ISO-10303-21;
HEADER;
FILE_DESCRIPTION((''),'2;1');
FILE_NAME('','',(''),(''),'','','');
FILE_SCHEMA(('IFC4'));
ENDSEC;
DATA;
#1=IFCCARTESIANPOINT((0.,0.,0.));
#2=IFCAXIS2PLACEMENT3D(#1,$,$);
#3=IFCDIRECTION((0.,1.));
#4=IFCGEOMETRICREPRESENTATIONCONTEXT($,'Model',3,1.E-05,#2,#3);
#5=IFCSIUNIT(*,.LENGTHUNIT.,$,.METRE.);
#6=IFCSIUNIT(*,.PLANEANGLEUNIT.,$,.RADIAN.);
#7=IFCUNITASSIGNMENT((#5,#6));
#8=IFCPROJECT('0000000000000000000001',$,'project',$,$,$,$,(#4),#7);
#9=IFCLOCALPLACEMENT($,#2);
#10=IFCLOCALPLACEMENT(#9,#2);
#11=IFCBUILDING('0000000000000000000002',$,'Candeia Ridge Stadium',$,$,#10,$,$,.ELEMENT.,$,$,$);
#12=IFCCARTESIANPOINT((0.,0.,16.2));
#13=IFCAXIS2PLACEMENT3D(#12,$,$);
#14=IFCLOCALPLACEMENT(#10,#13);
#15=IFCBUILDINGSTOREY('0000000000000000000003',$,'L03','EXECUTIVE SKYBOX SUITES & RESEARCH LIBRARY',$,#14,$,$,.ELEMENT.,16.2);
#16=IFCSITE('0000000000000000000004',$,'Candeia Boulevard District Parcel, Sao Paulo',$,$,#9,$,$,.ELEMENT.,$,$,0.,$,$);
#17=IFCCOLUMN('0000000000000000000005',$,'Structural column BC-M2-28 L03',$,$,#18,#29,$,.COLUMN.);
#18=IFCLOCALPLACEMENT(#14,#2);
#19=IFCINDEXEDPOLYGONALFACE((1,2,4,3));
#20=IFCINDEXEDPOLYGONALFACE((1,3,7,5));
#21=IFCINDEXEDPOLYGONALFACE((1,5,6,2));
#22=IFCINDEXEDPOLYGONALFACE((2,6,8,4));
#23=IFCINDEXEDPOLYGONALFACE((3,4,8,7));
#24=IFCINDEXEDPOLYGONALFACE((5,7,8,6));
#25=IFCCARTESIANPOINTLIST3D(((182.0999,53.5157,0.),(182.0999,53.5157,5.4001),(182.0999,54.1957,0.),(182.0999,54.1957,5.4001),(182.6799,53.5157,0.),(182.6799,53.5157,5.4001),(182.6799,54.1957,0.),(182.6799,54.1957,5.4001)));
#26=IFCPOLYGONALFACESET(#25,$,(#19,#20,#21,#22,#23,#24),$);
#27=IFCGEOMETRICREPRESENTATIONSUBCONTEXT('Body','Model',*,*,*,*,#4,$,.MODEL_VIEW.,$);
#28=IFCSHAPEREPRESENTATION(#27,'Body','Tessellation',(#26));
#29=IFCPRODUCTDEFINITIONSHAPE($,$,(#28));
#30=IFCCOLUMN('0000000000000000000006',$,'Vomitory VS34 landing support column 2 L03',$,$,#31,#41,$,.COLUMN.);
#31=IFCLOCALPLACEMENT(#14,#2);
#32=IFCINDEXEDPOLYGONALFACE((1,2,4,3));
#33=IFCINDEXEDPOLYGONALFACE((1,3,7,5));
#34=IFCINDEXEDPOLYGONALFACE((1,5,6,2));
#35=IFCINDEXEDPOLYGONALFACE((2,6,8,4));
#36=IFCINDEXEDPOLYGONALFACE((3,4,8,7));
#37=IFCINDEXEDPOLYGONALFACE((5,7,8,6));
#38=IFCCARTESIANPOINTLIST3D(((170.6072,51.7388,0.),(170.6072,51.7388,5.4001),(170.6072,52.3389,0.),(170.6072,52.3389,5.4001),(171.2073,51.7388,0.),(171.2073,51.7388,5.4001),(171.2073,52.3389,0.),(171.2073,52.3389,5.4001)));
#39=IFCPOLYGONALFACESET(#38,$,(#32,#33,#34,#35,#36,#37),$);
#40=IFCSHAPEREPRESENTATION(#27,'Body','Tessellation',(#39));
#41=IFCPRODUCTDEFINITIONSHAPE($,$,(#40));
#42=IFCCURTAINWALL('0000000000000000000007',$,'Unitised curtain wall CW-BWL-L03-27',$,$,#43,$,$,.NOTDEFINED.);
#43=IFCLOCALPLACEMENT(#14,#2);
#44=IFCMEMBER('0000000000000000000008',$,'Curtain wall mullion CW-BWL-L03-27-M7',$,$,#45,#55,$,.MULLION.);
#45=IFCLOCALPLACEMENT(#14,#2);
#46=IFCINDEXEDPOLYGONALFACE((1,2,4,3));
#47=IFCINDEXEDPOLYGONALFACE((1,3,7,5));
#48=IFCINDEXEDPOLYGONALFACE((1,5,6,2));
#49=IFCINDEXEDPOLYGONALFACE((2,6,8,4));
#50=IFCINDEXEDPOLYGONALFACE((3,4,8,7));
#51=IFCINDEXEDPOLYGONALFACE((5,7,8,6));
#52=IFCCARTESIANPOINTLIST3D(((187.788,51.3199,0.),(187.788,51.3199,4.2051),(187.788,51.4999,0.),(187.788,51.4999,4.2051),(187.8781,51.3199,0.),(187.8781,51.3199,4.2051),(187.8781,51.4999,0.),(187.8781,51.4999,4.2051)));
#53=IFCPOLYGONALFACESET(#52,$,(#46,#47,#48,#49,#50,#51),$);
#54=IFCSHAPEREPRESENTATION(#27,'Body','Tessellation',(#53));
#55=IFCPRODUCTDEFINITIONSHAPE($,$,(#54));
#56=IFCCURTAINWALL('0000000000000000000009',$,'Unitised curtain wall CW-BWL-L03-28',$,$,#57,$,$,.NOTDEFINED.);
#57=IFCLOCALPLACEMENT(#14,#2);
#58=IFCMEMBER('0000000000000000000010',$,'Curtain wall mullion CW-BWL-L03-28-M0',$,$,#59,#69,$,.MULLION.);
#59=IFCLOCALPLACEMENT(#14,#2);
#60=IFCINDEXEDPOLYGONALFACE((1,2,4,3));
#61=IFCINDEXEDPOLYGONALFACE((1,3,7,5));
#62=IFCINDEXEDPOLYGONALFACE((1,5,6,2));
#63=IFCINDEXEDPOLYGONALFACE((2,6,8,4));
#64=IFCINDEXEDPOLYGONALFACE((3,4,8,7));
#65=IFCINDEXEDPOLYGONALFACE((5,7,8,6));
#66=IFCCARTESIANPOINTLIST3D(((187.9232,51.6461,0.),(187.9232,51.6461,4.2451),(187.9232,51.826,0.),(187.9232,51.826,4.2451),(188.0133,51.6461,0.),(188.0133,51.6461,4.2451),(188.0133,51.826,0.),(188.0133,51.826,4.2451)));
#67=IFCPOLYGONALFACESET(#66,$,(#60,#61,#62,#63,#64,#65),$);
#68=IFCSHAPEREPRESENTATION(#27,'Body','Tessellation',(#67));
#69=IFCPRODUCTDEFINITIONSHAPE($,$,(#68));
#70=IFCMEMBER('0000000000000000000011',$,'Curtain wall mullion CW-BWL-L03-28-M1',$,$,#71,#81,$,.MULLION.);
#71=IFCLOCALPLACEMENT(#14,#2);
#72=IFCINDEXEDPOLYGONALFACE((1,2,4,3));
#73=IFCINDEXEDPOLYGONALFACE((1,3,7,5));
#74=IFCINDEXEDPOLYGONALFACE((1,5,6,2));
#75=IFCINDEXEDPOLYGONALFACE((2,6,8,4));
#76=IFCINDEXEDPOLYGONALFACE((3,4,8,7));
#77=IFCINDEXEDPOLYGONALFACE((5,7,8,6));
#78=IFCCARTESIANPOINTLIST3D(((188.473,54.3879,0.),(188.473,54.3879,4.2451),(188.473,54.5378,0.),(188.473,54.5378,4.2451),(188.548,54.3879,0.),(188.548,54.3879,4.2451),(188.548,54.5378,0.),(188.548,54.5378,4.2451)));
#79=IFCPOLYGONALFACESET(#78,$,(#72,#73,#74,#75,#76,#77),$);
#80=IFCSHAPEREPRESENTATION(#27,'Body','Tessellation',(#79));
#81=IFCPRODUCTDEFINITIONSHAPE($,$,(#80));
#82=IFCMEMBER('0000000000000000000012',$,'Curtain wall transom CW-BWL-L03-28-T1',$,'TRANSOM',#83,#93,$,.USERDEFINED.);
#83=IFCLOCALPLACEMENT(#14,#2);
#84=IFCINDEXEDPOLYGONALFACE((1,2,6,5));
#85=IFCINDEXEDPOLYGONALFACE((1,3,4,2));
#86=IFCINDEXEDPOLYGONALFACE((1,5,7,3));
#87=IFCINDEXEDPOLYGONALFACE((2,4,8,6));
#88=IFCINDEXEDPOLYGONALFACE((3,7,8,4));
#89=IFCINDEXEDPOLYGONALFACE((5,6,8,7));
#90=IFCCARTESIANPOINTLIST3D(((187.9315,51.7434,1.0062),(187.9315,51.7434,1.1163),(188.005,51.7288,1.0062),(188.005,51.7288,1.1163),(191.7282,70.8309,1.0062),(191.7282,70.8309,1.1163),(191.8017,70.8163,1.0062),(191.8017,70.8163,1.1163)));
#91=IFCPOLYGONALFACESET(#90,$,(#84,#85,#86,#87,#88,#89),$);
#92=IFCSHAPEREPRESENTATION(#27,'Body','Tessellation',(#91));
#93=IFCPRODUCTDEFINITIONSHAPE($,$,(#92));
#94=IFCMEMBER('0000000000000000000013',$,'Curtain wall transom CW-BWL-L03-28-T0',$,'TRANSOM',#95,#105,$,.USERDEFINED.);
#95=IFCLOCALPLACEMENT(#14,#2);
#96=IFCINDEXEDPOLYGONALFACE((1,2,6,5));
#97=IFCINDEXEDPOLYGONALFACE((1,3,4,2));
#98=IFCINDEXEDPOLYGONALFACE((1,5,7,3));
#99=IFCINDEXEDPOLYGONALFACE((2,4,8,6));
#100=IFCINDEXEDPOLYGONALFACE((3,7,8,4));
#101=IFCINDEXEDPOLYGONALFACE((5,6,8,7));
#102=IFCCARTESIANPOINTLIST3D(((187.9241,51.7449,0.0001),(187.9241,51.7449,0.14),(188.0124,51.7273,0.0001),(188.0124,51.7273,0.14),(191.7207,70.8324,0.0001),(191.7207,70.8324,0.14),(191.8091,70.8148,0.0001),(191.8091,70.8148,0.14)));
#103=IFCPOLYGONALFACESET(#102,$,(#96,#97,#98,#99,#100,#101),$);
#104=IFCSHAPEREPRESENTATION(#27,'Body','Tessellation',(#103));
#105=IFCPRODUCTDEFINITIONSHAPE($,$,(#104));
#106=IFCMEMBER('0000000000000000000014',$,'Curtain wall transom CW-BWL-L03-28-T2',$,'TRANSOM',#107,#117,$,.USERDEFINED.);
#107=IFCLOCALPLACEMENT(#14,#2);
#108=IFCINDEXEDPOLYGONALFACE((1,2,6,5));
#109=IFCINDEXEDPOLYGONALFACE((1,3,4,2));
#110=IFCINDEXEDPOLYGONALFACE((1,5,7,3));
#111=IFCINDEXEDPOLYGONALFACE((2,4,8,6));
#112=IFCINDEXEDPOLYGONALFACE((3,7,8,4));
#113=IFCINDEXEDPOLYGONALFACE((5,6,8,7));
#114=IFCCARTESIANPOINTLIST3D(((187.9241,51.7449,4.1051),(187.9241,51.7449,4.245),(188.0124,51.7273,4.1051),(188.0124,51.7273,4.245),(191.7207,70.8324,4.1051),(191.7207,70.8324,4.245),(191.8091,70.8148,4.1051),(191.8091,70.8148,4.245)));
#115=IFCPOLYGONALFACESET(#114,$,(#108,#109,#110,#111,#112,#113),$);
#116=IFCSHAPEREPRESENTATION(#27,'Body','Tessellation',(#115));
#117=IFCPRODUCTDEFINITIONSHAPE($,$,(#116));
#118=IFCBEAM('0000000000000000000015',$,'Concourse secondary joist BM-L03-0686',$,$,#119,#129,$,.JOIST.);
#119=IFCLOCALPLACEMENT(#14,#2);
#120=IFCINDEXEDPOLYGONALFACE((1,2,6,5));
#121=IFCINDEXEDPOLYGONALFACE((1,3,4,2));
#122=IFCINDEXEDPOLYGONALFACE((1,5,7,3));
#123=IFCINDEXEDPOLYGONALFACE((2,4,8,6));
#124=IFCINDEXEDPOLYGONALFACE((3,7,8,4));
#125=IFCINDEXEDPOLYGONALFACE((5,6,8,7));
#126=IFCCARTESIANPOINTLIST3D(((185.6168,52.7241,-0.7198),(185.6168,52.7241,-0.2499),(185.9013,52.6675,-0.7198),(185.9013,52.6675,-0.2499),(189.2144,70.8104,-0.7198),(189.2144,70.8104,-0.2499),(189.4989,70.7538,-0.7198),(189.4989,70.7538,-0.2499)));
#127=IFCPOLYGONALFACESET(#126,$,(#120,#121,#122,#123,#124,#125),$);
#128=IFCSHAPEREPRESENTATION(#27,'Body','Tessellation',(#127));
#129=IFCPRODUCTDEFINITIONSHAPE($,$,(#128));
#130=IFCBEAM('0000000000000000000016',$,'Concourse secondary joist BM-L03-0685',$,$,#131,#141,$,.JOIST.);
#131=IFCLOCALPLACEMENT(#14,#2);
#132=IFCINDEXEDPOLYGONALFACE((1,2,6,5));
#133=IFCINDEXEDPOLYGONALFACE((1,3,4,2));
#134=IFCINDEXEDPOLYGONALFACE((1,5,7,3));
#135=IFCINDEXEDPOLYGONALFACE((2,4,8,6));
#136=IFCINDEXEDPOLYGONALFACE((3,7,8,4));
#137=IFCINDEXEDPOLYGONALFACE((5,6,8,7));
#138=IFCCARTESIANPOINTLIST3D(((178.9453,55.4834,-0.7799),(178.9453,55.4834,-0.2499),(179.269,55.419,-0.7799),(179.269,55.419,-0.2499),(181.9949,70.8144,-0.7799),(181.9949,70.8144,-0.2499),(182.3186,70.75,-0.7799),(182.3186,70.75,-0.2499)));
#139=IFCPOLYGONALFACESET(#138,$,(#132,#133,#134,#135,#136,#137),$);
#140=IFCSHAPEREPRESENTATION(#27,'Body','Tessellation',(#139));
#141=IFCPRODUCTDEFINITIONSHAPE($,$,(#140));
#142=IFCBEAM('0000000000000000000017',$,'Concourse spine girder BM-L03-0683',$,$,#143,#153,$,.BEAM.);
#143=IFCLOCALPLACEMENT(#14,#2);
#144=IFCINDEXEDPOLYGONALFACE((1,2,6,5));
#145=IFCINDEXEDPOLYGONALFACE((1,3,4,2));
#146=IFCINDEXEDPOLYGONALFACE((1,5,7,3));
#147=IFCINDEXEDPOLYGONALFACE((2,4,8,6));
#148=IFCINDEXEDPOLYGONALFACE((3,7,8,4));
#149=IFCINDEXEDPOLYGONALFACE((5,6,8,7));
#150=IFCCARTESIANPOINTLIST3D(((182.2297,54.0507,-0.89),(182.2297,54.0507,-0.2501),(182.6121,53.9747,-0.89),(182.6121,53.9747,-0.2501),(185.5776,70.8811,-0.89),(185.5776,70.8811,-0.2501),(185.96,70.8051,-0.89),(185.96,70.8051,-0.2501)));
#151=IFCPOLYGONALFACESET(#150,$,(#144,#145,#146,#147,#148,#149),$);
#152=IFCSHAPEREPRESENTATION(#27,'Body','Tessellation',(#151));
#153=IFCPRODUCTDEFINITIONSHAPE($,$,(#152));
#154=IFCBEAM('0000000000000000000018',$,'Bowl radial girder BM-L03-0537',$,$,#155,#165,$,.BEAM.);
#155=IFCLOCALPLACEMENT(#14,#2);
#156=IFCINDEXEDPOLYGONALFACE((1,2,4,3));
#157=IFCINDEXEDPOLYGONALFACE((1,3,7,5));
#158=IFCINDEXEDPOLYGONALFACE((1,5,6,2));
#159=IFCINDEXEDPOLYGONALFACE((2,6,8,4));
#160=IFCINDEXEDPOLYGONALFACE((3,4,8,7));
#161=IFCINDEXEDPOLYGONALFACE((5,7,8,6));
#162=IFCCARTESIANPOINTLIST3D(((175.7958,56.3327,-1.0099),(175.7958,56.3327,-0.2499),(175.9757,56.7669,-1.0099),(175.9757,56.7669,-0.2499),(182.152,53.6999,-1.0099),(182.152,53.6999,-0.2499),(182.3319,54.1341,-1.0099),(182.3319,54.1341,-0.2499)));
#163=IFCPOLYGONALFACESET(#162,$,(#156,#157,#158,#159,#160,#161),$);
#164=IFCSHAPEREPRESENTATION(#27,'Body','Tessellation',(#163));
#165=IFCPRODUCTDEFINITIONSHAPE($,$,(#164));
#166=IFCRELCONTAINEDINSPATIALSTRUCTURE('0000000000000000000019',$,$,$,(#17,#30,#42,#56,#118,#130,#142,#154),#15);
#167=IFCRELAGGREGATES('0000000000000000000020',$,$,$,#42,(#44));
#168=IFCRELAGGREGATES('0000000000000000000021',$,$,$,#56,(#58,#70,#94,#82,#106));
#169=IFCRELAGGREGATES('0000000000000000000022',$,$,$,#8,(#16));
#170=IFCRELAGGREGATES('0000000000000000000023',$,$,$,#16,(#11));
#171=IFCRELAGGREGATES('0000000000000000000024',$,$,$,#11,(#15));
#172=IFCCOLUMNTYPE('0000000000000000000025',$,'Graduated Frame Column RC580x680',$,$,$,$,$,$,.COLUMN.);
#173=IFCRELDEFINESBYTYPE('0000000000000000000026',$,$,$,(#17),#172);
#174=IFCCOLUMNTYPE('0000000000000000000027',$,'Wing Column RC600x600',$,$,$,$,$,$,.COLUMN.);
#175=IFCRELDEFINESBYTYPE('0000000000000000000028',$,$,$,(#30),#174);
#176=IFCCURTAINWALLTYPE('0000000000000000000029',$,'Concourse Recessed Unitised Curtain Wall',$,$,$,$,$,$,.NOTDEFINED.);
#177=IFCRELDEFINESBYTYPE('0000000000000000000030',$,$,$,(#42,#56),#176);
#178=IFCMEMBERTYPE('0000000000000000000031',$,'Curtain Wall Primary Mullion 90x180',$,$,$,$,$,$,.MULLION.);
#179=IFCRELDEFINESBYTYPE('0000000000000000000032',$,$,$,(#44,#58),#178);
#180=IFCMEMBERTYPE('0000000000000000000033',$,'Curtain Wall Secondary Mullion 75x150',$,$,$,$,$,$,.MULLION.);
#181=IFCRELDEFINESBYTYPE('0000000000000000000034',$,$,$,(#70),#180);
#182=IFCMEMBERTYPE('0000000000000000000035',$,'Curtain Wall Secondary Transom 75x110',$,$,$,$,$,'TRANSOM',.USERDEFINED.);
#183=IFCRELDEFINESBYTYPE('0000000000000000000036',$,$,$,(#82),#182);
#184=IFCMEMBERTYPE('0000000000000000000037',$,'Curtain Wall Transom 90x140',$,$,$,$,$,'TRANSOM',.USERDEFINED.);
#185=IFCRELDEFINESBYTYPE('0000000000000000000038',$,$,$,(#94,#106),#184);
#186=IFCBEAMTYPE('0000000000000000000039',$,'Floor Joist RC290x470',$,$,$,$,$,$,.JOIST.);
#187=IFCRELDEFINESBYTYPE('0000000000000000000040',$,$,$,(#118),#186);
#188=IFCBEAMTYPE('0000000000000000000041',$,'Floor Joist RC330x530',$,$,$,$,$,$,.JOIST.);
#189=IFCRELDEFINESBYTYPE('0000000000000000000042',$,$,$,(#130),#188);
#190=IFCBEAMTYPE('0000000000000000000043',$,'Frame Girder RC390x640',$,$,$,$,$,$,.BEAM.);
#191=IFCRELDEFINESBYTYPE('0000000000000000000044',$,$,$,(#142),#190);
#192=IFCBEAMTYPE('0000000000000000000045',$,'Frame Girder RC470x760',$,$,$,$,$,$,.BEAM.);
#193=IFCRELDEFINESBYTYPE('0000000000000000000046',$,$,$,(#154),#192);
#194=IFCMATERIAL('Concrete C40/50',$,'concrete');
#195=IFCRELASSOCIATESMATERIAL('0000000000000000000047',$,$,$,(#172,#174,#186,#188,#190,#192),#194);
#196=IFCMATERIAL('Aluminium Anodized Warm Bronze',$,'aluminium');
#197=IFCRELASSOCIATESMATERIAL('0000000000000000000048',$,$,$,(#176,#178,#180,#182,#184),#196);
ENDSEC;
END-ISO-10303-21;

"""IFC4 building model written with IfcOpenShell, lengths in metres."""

from ifc_helpers import new_model, si_unit, direction, frame, origin, origin_2d, place, context, subcontext, project, spatial, rectangle, extrude, material, material_profile, profile_set, type_object, element, aggregate, save


model = new_model("IFC4")

# Units and contexts
model_context = context("Model", 3, precision=1e-05, world=origin(), true_north=direction((0.0, 1.0)))
body_context = subcontext(model_context, "Body", "Model", "MODEL_VIEW")
ifc_project = project(units=[si_unit("LENGTHUNIT", "METRE"), si_unit("PLANEANGLEUNIT", "RADIAN")], contexts=[model_context])

# Site, building, storey
site_placement = place(None, origin())
site = spatial("IfcSite", under=ifc_project, at=site_placement, Name="Candeia Boulevard District Parcel, Sao Paulo", CompositionType="ELEMENT", RefElevation=0.0)
building_placement = place(site_placement, origin())
building = spatial("IfcBuilding", under=site, at=building_placement, Name="Candeia Ridge Stadium", CompositionType="ELEMENT")
storey_placement = place(building_placement, frame((0.0, 0.0, 16.2)))
storey = spatial("IfcBuildingStorey", under=building, at=storey_placement, Name="L03", Description="EXECUTIVE SKYBOX SUITES & RESEARCH LIBRARY", CompositionType="ELEMENT", Elevation=16.2)

# Columns
ifc_material_1 = material(Name="Concrete C40/50", Category="concrete")
ifc_material_profile_1 = material_profile(ifc_material_1, rectangle(XDim=0.5801, YDim=0.6799, at=origin_2d()), Name="RC580x680", Category="concrete")
ifc_profile_set_1 = profile_set([ifc_material_profile_1], Name="Concrete C40/50")
column_type_1 = type_object("IfcColumnType", Name="Graduated Frame Column RC580x680", PredefinedType="COLUMN", material=ifc_profile_set_1)
column_1_placement = place(storey_placement, frame((182.3899, 53.8557, 0.0), z_axis=(0.0, 0.0, 1.0), x_axis=(1.0, 0.0, 0.0)))
element("IfcColumn", 1, at=column_1_placement, inside=storey, type_object=column_type_1, Name="Structural column BC-M2-28 L03", PredefinedType="COLUMN", context=body_context, shape_type="SweptSolid", body=[
    extrude(rectangle(XDim=0.5801, YDim=0.6799, at=origin_2d()), origin(), (0.0, 0.0, 1.0), 5.4001),
])
ifc_material_profile_2 = material_profile(ifc_material_1, rectangle(XDim=0.6001, YDim=0.6001, at=origin_2d()), Name="RC600x600", Category="concrete")
ifc_profile_set_2 = profile_set([ifc_material_profile_2], Name="Concrete C40/50")
column_type_2 = type_object("IfcColumnType", Name="Wing Column RC600x600", PredefinedType="COLUMN", material=ifc_profile_set_2)
column_2_placement = place(storey_placement, frame((170.9072, 52.0388, 0.0), z_axis=(0.0, 0.0, 1.0), x_axis=(1.0, 0.0, 0.0)))
element("IfcColumn", 2, at=column_2_placement, inside=storey, type_object=column_type_2, Name="Vomitory VS34 landing support column 2 L03", PredefinedType="COLUMN", context=body_context, shape_type="SweptSolid", body=[
    extrude(rectangle(XDim=0.6001, YDim=0.6001, at=origin_2d()), origin(), (0.0, 0.0, 1.0), 5.4001),
])

# Curtain wall, member
ifc_material_2 = material(Name="Aluminium Anodized Warm Bronze", Category="aluminium")
curtain_wall_type = type_object("IfcCurtainWallType", Name="Concourse Recessed Unitised Curtain Wall", PredefinedType="NOTDEFINED", material=ifc_material_2)
curtain_wall_1_placement = place(storey_placement, origin())
curtain_wall_1 = element("IfcCurtainWall", 3, at=curtain_wall_1_placement, inside=storey, type_object=curtain_wall_type, Name="Unitised curtain wall CW-BWL-L03-27", PredefinedType="NOTDEFINED")
ifc_material_profile_3 = material_profile(ifc_material_2, rectangle(XDim=0.0901, YDim=0.1799, at=origin_2d()), Name="CWM-90x180", Category="aluminium")
ifc_profile_set_3 = profile_set([ifc_material_profile_3], Name="Aluminium Anodized Warm Bronze")
member_type_1 = type_object("IfcMemberType", Name="Curtain Wall Primary Mullion 90x180", PredefinedType="MULLION", material=ifc_profile_set_3)
member_1_placement = place(storey_placement, frame((187.833, 51.4099, 0.0), z_axis=(0.0, 0.0, 1.0), x_axis=(1.0, 0.0, 0.0)))
member_1 = element("IfcMember", 4, at=member_1_placement, type_object=member_type_1, Name="Curtain wall mullion CW-BWL-L03-27-M7", PredefinedType="MULLION", context=body_context, shape_type="SweptSolid", body=[
    extrude(rectangle(XDim=0.0901, YDim=0.1799, at=origin_2d()), origin(), (0.0, 0.0, 1.0), 4.2051),
])
aggregate(curtain_wall_1, [member_1])

# Curtain wall, members
curtain_wall_2_placement = place(storey_placement, origin())
curtain_wall_2 = element("IfcCurtainWall", 5, at=curtain_wall_2_placement, inside=storey, type_object=curtain_wall_type, Name="Unitised curtain wall CW-BWL-L03-28", PredefinedType="NOTDEFINED")
member_2_placement = place(storey_placement, frame((187.9683, 51.7361, 0.0), z_axis=(0.0, 0.0, 1.0), x_axis=(1.0, 0.0, 0.0)))
member_2 = element("IfcMember", 6, at=member_2_placement, type_object=member_type_1, Name="Curtain wall mullion CW-BWL-L03-28-M0", PredefinedType="MULLION", context=body_context, shape_type="SweptSolid", body=[
    extrude(rectangle(XDim=0.0901, YDim=0.1799, at=origin_2d()), origin(), (0.0, 0.0, 1.0), 4.2451),
])
ifc_material_profile_4 = material_profile(ifc_material_2, rectangle(XDim=0.075, YDim=0.1499, at=origin_2d()), Name="CWM-75x150", Category="aluminium")
ifc_profile_set_4 = profile_set([ifc_material_profile_4], Name="Aluminium Anodized Warm Bronze")
member_type_2 = type_object("IfcMemberType", Name="Curtain Wall Secondary Mullion 75x150", PredefinedType="MULLION", material=ifc_profile_set_4)
member_3_placement = place(storey_placement, frame((188.5105, 54.4629, 0.0), z_axis=(0.0, 0.0, 1.0), x_axis=(1.0, 0.0, 0.0)))
member_3 = element("IfcMember", 7, at=member_3_placement, type_object=member_type_2, Name="Curtain wall mullion CW-BWL-L03-28-M1", PredefinedType="MULLION", context=body_context, shape_type="SweptSolid", body=[
    extrude(rectangle(XDim=0.075, YDim=0.1499, at=origin_2d()), origin(), (0.0, 0.0, 1.0), 4.2451),
])
ifc_material_profile_5 = material_profile(ifc_material_2, rectangle(XDim=0.075, YDim=0.1101, at=origin_2d()), Name="CWT-75x110", Category="aluminium")
ifc_profile_set_5 = profile_set([ifc_material_profile_5], Name="Aluminium Anodized Warm Bronze")
member_type_3 = type_object("IfcMemberType", Name="Curtain Wall Secondary Transom 75x110", ElementType="TRANSOM", PredefinedType="USERDEFINED", material=ifc_profile_set_5)
member_4_placement = place(storey_placement, frame((187.9683, 51.7361, 1.0613), z_axis=(0.195086, 0.980786, 0.0), x_axis=(-0.980786, 0.195086, 0.0)))
member_4 = element("IfcMember", 8, at=member_4_placement, type_object=member_type_3, Name="Curtain wall transom CW-BWL-L03-28-T1", ObjectType="TRANSOM", PredefinedType="USERDEFINED", context=body_context, shape_type="SweptSolid", body=[
    extrude(rectangle(XDim=0.075, YDim=0.1101, at=origin_2d()), origin(), (0.0, 0.0, 1.0), 19.4614),
])
ifc_material_profile_6 = material_profile(ifc_material_2, rectangle(XDim=0.0901, YDim=0.1399, at=origin_2d()), Name="CWT-90x140", Category="aluminium")
ifc_profile_set_6 = profile_set([ifc_material_profile_6], Name="Aluminium Anodized Warm Bronze")
member_type_4 = type_object("IfcMemberType", Name="Curtain Wall Transom 90x140", ElementType="TRANSOM", PredefinedType="USERDEFINED", material=ifc_profile_set_6)
member_5_placement = place(storey_placement, frame((187.9683, 51.7361, 0.0701), z_axis=(0.195086, 0.980786, 0.0), x_axis=(-0.980786, 0.195086, 0.0)))
member_5 = element("IfcMember", 9, at=member_5_placement, type_object=member_type_4, Name="Curtain wall transom CW-BWL-L03-28-T0", ObjectType="TRANSOM", PredefinedType="USERDEFINED", context=body_context, shape_type="SweptSolid", body=[
    extrude(rectangle(XDim=0.0901, YDim=0.1399, at=origin_2d()), origin(), (0.0, 0.0, 1.0), 19.4614),
])
member_6_placement = place(storey_placement, frame((187.9683, 51.7361, 4.175), z_axis=(0.195086, 0.980786, 0.0), x_axis=(-0.980786, 0.195086, 0.0)))
member_6 = element("IfcMember", 10, at=member_6_placement, type_object=member_type_4, Name="Curtain wall transom CW-BWL-L03-28-T2", ObjectType="TRANSOM", PredefinedType="USERDEFINED", context=body_context, shape_type="SweptSolid", body=[
    extrude(rectangle(XDim=0.0901, YDim=0.1399, at=origin_2d()), origin(), (0.0, 0.0, 1.0), 19.4614),
])

# Beams
ifc_material_profile_7 = material_profile(ifc_material_1, rectangle(XDim=0.29, YDim=0.47, at=origin_2d()), Name="RC290x470", Category="concrete")
ifc_profile_set_7 = profile_set([ifc_material_profile_7], Name="Concrete C40/50")
beam_type_1 = type_object("IfcBeamType", Name="Floor Joist RC290x470", PredefinedType="JOIST", material=ifc_profile_set_7)
beam_1_placement = place(storey_placement, frame((185.759, 52.6958, -0.4849), z_axis=(0.195093, 0.980785, 0.0), x_axis=(-0.980785, 0.195093, 0.0)))
element("IfcBeam", 11, at=beam_1_placement, inside=storey, type_object=beam_type_1, Name="Concourse secondary joist BM-L03-0686", PredefinedType="JOIST", context=body_context, shape_type="SweptSolid", body=[
    extrude(rectangle(XDim=0.29, YDim=0.47, at=origin_2d()), origin(), (0.0, 0.0, 1.0), 18.4407),
])
ifc_material_profile_8 = material_profile(ifc_material_1, rectangle(XDim=0.3301, YDim=0.53, at=origin_2d()), Name="RC330x530", Category="concrete")
ifc_profile_set_8 = profile_set([ifc_material_profile_8], Name="Concrete C40/50")
beam_type_2 = type_object("IfcBeamType", Name="Floor Joist RC330x530", PredefinedType="JOIST", material=ifc_profile_set_8)
beam_2_placement = place(storey_placement, frame((179.1072, 55.4512, -0.5149), z_axis=(0.195092, 0.980785, 0.0), x_axis=(-0.980785, 0.195092, 0.0)))
element("IfcBeam", 12, at=beam_2_placement, inside=storey, type_object=beam_type_2, Name="Concourse secondary joist BM-L03-0685", PredefinedType="JOIST", context=body_context, shape_type="SweptSolid", body=[
    extrude(rectangle(XDim=0.3301, YDim=0.53, at=origin_2d()), origin(), (0.0, 0.0, 1.0), 15.6313),
])
ifc_material_profile_9 = material_profile(ifc_material_1, rectangle(XDim=0.3899, YDim=0.6399, at=origin_2d()), Name="RC390x640", Category="concrete")
ifc_profile_set_9 = profile_set([ifc_material_profile_9], Name="Concrete C40/50")
beam_type_3 = type_object("IfcBeamType", Name="Frame Girder RC390x640", PredefinedType="BEAM", material=ifc_profile_set_9)
beam_3_placement = place(storey_placement, frame((182.4209, 54.0127, -0.5701), z_axis=(0.195098, 0.980784, 0.0), x_axis=(-0.980784, 0.195098, 0.0)))
element("IfcBeam", 13, at=beam_3_placement, inside=storey, type_object=beam_type_3, Name="Concourse spine girder BM-L03-0683", PredefinedType="BEAM", context=body_context, shape_type="SweptSolid", body=[
    extrude(rectangle(XDim=0.3899, YDim=0.6399, at=origin_2d()), origin(), (0.0, 0.0, 1.0), 17.1602),
])
ifc_material_profile_10 = material_profile(ifc_material_1, rectangle(XDim=0.47, YDim=0.76, at=origin_2d()), Name="RC470x760", Category="concrete")
ifc_profile_set_10 = profile_set([ifc_material_profile_10], Name="Concrete C40/50")
beam_type_4 = type_object("IfcBeamType", Name="Frame Girder RC470x760", PredefinedType="BEAM", material=ifc_profile_set_10)
beam_4_placement = place(storey_placement, frame((175.8857, 56.5498, -0.6299), z_axis=(0.92388, -0.382682, 0.0), x_axis=(0.382682, 0.92388, 0.0)))
element("IfcBeam", 14, at=beam_4_placement, inside=storey, type_object=beam_type_4, Name="Bowl radial girder BM-L03-0537", PredefinedType="BEAM", context=body_context, shape_type="SweptSolid", body=[
    extrude(rectangle(XDim=0.47, YDim=0.76, at=origin_2d()), origin(), (0.0, 0.0, 1.0), 6.8799),
])

aggregate(curtain_wall_2, [member_2, member_3, member_5, member_4, member_6])

save(model, "model.ifc")
